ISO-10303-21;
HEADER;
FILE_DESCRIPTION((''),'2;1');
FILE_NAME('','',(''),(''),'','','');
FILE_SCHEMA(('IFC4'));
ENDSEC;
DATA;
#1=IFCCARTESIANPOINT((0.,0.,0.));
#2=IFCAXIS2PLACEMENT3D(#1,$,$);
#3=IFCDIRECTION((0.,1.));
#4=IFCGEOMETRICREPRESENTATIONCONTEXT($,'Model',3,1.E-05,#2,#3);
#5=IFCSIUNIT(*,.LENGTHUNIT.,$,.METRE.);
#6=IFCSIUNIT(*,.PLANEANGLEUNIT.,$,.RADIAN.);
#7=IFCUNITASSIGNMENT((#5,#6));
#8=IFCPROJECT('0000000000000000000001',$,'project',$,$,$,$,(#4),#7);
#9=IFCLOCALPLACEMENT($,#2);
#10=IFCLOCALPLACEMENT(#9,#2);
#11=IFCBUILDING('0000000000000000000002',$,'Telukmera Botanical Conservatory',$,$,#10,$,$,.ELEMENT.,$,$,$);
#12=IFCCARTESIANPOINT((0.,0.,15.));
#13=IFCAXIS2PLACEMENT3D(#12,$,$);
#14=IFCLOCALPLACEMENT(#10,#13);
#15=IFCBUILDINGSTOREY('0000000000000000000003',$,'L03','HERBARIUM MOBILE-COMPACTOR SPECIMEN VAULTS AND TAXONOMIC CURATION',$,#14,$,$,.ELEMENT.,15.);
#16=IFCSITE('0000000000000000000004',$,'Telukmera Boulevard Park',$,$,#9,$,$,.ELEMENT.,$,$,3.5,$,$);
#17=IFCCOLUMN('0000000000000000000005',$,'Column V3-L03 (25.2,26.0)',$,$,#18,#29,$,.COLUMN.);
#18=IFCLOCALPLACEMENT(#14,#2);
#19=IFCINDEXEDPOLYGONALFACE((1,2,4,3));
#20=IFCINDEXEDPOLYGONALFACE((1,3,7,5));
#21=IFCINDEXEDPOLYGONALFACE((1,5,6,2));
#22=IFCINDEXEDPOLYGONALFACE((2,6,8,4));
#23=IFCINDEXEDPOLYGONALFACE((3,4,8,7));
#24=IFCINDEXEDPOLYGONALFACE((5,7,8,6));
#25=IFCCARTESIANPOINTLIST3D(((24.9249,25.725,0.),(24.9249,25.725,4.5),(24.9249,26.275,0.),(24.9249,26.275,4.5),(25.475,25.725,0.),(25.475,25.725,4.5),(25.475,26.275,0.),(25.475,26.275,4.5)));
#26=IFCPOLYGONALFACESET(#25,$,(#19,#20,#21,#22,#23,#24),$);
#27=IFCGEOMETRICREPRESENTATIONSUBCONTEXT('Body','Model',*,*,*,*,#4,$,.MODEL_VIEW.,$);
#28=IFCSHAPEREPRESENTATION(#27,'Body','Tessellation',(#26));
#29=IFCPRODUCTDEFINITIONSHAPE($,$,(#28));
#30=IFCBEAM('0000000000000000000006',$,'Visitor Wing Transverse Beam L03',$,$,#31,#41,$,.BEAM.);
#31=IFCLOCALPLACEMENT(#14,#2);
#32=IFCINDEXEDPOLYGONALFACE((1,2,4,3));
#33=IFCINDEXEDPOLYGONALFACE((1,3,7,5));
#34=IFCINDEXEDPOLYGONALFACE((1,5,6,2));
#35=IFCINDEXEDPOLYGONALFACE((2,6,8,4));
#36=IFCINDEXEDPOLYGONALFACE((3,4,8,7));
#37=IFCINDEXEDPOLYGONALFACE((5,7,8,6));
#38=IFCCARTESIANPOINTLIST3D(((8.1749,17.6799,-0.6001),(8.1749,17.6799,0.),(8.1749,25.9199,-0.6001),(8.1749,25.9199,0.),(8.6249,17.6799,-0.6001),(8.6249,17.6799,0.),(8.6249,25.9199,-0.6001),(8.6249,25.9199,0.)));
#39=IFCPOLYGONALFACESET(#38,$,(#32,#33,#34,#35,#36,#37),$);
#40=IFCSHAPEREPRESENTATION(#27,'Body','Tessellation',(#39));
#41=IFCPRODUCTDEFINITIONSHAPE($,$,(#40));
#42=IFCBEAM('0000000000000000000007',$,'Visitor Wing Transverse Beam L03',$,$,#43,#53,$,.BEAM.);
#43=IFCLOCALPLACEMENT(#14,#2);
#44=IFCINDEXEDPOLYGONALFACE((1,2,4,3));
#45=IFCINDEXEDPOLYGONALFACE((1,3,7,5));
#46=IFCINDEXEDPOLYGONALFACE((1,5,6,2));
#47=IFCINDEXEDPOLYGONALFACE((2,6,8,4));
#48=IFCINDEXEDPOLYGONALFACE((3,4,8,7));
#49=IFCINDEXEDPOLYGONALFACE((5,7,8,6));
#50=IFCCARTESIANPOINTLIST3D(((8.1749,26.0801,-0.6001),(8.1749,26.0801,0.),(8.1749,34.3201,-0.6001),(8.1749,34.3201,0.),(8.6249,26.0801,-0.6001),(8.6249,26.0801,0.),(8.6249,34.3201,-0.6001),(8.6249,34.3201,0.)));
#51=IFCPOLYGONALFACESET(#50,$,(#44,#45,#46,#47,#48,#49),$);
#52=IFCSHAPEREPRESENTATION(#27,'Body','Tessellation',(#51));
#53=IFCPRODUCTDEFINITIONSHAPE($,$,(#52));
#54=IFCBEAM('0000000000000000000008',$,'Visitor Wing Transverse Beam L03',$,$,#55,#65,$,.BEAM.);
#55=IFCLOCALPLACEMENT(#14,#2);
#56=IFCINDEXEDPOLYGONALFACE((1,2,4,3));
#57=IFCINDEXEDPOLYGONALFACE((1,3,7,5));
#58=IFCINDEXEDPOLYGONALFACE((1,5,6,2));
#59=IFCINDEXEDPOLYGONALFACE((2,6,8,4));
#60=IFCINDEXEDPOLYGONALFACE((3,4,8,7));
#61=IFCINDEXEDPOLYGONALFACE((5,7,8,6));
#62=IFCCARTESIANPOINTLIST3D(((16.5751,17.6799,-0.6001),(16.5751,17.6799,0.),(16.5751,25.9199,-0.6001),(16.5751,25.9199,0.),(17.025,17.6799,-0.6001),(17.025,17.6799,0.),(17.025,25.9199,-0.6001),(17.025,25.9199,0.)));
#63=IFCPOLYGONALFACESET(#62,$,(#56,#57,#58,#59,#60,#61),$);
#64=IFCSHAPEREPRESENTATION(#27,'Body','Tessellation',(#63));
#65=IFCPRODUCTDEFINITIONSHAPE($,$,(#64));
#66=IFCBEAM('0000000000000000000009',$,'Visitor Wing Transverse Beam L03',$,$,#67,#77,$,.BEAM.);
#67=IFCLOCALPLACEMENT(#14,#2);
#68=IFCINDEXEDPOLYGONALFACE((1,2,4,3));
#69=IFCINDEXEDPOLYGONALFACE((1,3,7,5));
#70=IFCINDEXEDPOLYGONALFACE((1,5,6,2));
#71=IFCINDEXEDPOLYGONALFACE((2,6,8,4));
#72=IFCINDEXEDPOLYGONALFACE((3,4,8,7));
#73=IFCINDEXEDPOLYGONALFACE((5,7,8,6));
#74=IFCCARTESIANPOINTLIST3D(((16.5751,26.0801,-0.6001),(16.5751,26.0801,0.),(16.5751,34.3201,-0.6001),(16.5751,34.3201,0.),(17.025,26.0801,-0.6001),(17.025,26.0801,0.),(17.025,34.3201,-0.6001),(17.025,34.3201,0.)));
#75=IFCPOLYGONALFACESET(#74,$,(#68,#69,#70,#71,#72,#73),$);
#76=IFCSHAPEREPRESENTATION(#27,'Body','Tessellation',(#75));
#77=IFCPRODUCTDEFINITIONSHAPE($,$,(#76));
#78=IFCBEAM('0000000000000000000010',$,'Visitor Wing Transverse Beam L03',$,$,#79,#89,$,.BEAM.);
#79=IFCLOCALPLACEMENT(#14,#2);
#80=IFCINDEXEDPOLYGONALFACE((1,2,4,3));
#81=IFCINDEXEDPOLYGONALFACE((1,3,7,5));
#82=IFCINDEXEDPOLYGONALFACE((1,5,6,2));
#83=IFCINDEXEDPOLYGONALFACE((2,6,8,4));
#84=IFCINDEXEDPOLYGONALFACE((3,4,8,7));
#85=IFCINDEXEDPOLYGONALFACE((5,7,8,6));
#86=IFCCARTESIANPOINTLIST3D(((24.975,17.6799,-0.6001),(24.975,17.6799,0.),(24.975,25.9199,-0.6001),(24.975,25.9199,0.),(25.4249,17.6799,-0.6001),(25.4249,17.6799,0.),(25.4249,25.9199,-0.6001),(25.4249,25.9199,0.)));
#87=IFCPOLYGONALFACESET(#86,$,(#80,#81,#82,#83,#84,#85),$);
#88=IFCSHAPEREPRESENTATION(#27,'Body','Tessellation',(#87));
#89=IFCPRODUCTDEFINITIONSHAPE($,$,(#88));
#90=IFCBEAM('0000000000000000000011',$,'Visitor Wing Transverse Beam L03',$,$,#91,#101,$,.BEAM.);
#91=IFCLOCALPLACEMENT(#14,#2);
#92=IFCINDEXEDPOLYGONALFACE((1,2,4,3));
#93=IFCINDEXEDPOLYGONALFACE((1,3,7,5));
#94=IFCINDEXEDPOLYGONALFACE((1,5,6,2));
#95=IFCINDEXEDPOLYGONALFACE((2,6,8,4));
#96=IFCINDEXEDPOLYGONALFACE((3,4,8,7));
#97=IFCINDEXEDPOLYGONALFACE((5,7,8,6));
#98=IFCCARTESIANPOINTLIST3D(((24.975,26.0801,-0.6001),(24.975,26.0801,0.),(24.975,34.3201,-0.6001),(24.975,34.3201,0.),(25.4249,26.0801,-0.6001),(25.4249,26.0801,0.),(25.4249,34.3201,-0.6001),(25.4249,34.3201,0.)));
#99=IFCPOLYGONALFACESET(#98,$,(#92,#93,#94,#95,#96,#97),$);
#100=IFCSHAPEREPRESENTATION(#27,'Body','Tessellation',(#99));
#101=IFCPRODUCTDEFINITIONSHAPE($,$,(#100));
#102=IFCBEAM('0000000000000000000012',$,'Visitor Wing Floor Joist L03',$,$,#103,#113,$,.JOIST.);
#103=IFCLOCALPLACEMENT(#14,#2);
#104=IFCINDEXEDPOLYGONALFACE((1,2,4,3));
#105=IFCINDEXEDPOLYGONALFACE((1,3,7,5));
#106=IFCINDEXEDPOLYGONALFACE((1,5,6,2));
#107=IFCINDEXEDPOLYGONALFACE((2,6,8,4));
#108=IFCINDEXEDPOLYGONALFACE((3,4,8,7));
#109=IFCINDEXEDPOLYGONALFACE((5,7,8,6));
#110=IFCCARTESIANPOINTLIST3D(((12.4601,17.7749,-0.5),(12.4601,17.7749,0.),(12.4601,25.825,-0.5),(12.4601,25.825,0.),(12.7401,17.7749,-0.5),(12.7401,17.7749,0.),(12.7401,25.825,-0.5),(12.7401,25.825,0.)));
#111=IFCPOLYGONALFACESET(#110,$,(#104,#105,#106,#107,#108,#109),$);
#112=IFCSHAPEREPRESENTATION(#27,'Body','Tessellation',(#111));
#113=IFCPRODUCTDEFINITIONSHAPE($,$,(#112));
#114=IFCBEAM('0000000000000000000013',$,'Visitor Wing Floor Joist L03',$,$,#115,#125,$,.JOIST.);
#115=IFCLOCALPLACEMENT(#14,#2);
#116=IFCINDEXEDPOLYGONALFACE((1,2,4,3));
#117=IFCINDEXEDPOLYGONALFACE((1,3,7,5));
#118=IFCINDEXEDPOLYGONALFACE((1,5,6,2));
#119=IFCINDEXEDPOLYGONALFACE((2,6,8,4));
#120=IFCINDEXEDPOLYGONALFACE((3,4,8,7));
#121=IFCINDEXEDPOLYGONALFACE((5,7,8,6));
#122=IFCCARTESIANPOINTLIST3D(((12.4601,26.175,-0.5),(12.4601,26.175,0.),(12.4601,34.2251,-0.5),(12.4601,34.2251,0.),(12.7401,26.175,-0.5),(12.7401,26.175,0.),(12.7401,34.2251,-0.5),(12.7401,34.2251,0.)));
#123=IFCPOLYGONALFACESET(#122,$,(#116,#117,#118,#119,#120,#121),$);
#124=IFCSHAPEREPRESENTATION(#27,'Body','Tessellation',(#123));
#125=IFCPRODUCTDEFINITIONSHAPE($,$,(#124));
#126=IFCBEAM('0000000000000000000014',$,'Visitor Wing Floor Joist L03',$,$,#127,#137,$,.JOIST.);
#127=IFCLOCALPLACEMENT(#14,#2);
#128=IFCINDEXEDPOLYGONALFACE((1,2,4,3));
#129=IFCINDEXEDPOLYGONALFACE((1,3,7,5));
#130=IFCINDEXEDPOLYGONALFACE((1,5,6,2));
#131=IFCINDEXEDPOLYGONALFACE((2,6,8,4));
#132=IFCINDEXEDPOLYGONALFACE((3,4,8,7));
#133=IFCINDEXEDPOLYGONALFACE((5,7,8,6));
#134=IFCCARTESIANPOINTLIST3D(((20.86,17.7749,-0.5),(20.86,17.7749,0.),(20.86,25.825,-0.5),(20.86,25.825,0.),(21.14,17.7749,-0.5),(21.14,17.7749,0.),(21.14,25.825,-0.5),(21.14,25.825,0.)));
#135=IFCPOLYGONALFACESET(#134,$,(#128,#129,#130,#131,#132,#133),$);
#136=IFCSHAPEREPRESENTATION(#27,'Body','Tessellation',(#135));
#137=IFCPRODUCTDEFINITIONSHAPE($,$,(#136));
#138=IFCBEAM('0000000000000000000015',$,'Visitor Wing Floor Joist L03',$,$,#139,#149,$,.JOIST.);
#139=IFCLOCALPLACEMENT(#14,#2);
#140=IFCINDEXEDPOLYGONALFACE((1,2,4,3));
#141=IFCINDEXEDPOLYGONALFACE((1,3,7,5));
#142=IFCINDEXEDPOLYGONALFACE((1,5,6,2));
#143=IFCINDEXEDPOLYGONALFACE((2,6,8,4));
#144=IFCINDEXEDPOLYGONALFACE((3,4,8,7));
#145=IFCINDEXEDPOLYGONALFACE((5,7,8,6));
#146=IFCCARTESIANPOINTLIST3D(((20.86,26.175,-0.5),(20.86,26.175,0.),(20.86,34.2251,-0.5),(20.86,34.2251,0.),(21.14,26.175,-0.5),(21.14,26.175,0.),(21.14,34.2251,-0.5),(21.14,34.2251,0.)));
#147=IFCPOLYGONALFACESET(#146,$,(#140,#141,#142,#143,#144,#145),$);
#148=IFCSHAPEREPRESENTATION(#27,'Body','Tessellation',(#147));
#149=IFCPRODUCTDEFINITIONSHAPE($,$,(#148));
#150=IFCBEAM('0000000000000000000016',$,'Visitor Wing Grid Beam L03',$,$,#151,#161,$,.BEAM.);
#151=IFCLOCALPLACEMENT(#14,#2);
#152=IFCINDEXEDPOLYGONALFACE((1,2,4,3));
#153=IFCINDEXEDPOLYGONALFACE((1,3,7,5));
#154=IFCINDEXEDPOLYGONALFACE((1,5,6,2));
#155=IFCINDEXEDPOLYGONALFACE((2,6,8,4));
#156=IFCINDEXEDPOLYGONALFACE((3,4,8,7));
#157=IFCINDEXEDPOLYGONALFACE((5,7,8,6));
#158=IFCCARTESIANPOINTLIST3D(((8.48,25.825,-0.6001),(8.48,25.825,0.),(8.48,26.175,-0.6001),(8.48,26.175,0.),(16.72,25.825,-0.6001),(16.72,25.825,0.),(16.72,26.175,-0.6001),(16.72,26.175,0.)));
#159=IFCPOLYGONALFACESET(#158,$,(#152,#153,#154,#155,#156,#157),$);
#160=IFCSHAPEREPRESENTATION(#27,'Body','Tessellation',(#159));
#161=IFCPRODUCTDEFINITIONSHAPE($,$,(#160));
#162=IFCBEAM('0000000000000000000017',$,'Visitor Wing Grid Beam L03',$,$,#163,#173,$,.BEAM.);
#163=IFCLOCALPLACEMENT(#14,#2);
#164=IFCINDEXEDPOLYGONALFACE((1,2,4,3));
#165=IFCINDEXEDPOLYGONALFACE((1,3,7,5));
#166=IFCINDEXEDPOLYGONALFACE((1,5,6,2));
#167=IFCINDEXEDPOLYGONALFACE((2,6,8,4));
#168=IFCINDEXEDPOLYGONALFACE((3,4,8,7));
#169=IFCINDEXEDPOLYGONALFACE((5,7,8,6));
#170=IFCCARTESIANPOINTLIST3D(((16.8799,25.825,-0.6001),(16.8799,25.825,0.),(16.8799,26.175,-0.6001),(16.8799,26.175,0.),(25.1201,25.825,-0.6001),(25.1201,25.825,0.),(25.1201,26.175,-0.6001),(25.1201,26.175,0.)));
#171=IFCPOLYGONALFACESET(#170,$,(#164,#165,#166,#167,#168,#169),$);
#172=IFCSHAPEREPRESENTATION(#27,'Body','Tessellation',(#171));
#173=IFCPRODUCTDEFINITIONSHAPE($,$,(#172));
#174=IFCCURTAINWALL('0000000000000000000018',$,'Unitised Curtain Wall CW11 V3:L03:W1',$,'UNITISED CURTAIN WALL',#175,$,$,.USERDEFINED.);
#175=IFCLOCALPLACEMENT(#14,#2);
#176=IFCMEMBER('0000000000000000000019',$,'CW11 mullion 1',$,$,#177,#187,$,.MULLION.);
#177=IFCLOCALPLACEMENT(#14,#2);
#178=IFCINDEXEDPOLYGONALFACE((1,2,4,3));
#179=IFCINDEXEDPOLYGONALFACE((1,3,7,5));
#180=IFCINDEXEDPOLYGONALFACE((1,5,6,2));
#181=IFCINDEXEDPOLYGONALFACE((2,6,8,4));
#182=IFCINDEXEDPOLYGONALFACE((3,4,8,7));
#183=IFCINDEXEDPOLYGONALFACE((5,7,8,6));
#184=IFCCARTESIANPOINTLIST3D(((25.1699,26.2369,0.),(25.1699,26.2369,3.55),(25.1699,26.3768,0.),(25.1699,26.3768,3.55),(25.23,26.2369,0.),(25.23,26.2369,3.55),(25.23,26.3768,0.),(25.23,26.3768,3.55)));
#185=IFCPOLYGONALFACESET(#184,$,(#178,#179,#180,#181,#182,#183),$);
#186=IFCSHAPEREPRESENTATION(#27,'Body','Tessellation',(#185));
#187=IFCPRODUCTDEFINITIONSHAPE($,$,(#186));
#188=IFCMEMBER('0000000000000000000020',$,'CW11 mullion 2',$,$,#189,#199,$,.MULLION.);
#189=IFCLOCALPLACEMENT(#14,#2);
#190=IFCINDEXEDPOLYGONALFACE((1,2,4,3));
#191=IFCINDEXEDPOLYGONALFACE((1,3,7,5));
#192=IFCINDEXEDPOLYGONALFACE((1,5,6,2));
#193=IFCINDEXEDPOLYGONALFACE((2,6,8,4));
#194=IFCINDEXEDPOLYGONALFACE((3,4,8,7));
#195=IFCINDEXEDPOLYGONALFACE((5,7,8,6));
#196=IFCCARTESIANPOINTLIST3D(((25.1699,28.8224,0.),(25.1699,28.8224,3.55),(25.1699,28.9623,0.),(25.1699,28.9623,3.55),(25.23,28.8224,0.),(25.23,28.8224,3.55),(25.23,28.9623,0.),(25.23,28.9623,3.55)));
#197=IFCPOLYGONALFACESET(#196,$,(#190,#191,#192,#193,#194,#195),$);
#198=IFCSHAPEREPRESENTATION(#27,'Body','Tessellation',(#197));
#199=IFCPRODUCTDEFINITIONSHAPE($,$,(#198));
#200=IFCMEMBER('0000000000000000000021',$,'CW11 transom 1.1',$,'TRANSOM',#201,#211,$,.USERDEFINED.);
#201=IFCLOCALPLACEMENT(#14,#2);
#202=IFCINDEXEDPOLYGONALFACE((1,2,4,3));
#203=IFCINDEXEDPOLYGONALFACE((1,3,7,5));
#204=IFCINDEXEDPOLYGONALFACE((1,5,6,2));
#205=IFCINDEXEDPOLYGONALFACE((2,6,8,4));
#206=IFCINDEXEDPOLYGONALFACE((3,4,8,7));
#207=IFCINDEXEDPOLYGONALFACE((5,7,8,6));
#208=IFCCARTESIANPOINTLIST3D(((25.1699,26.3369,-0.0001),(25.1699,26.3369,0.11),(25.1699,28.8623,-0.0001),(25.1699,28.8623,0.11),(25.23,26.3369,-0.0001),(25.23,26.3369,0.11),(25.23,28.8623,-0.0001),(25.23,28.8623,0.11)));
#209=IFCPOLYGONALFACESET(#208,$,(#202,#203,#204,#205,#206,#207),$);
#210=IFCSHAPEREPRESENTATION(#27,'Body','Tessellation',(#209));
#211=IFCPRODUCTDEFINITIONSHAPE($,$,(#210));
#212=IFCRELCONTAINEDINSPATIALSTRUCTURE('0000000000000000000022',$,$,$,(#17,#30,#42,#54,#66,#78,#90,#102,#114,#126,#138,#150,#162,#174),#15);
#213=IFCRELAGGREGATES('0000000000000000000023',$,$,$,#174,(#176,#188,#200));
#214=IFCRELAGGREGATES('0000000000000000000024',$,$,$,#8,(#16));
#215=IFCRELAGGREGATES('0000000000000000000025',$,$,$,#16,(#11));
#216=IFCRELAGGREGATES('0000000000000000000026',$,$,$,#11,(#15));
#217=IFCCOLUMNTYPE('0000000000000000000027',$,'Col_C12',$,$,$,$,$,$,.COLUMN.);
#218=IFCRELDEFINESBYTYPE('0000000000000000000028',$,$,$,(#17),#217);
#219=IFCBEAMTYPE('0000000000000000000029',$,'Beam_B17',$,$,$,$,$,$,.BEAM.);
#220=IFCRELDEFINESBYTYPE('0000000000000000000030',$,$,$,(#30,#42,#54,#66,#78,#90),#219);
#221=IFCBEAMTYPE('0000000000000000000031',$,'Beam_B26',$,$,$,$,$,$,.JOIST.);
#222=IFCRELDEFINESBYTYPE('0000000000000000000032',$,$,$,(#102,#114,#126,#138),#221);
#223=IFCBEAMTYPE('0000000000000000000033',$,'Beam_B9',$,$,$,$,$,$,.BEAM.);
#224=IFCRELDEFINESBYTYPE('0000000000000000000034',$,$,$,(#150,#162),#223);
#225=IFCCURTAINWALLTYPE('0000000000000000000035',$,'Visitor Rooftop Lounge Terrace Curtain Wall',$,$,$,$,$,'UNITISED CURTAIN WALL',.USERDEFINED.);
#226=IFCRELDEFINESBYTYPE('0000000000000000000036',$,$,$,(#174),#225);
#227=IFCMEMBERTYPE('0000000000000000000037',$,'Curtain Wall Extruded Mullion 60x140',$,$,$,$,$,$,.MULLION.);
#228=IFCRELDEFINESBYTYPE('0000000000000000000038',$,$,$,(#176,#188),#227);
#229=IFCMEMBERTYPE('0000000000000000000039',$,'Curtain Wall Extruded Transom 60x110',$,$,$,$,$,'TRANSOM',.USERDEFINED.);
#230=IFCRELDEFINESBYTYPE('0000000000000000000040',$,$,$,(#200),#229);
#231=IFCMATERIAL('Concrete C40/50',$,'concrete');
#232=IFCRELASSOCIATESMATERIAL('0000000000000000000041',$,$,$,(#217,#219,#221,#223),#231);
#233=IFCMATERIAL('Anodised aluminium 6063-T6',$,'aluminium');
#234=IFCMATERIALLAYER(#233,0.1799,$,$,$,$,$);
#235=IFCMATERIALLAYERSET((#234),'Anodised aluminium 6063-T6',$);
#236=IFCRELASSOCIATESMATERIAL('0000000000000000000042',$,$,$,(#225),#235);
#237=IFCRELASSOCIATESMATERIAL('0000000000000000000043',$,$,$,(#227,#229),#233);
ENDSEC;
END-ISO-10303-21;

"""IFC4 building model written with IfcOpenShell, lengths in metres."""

from ifc_helpers import new_model, si_unit, direction, frame, origin, origin_2d, place, context, subcontext, project, spatial, rectangle, extrude, material, layer, layer_set, material_profile, profile_set, type_object, element, aggregate, save


model = new_model("IFC4")

# Units and contexts
model_context = context("Model", 3, precision=1e-05, world=origin(), true_north=direction((0.0, 1.0)))
body_context = subcontext(model_context, "Body", "Model", "MODEL_VIEW")
ifc_project = project(units=[si_unit("LENGTHUNIT", "METRE"), si_unit("PLANEANGLEUNIT", "RADIAN")], contexts=[model_context])

# Site, building, storey
site_placement = place(None, origin())
site = spatial("IfcSite", under=ifc_project, at=site_placement, Name="Telukmera Boulevard Park", CompositionType="ELEMENT", RefElevation=3.5)
building_placement = place(site_placement, origin())
building = spatial("IfcBuilding", under=site, at=building_placement, Name="Telukmera Botanical Conservatory", CompositionType="ELEMENT")
storey_placement = place(building_placement, frame((0.0, 0.0, 15.0)))
storey = spatial("IfcBuildingStorey", under=building, at=storey_placement, Name="L03", Description="HERBARIUM MOBILE-COMPACTOR SPECIMEN VAULTS AND TAXONOMIC CURATION", CompositionType="ELEMENT", Elevation=15.0)

# Column
ifc_material_1 = material(Name="Concrete C40/50", Category="concrete")
ifc_material_profile_1 = material_profile(ifc_material_1, rectangle(XDim=0.55, YDim=0.55, at=origin_2d()), Name="RC 550x550")
ifc_profile_set_1 = profile_set([ifc_material_profile_1], Name="Concrete C40/50")
column_type = type_object("IfcColumnType", Name="Col_C12", PredefinedType="COLUMN", material=ifc_profile_set_1)
column_placement = place(storey_placement, frame((25.2, 26.0, 0.0), z_axis=(0.0, 0.0, 1.0), x_axis=(1.0, 0.0, 0.0)))
element("IfcColumn", 1, at=column_placement, inside=storey, type_object=column_type, Name="Column V3-L03 (25.2,26.0)", PredefinedType="COLUMN", context=body_context, shape_type="SweptSolid", body=[
    extrude(rectangle(XDim=0.55, YDim=0.55, at=origin_2d()), origin(), (0.0, 0.0, 1.0), 4.5),
])

# Beams
ifc_material_profile_2 = material_profile(ifc_material_1, rectangle(XDim=0.45, YDim=0.6001, at=origin_2d()), Name="RC 450x600")
ifc_profile_set_2 = profile_set([ifc_material_profile_2], Name="Concrete C40/50")
beam_type_1 = type_object("IfcBeamType", Name="Beam_B17", PredefinedType="BEAM", material=ifc_profile_set_2)
for number, where, z_axis, x_axis, name in (
    (2, (8.3999, 17.6799, -0.3), (0.0, 1.0, 0.0), (-1.0, 0.0, 0.0), "Visitor Wing Transverse Beam L03"),
    (3, (8.3999, 26.0801, -0.3), (0.0, 1.0, 0.0), (-1.0, 0.0, 0.0), "Visitor Wing Transverse Beam L03"),
    (4, (16.8, 17.6799, -0.3), (0.0, 1.0, 0.0), (-1.0, 0.0, 0.0), "Visitor Wing Transverse Beam L03"),
    (5, (16.8, 26.0801, -0.3), (0.0, 1.0, 0.0), (-1.0, 0.0, 0.0), "Visitor Wing Transverse Beam L03"),
    (6, (25.2, 17.6799, -0.3), (0.0, 1.0, 0.0), (-1.0, 0.0, 0.0), "Visitor Wing Transverse Beam L03"),
    (7, (25.2, 26.0801, -0.3), (0.0, 1.0, 0.0), (-1.0, 0.0, 0.0), "Visitor Wing Transverse Beam L03"),
):
    element("IfcBeam", number, at=place(storey_placement, frame(where, z_axis=z_axis, x_axis=x_axis)), inside=storey, type_object=beam_type_1, Name=name, PredefinedType="BEAM", context=body_context, shape_type="SweptSolid", body=[
        extrude(rectangle(XDim=0.45, YDim=0.6001, at=origin_2d()), origin(), (0.0, 0.0, 1.0), 8.24),
    ])
ifc_material_profile_3 = material_profile(ifc_material_1, rectangle(XDim=0.28, YDim=0.5, at=origin_2d()), Name="RC 280x500")
ifc_profile_set_3 = profile_set([ifc_material_profile_3], Name="Concrete C40/50")
beam_type_2 = type_object("IfcBeamType", Name="Beam_B26", PredefinedType="JOIST", material=ifc_profile_set_3)
for number, where, z_axis, x_axis, name in (
    (8, (12.6001, 17.7749, -0.25), (0.0, 1.0, 0.0), (-1.0, 0.0, 0.0), "Visitor Wing Floor Joist L03"),
    (9, (12.6001, 26.175, -0.25), (0.0, 1.0, 0.0), (-1.0, 0.0, 0.0), "Visitor Wing Floor Joist L03"),
    (10, (21.0, 17.7749, -0.25), (0.0, 1.0, 0.0), (-1.0, 0.0, 0.0), "Visitor Wing Floor Joist L03"),
    (11, (21.0, 26.175, -0.25), (0.0, 1.0, 0.0), (-1.0, 0.0, 0.0), "Visitor Wing Floor Joist L03"),
):
    element("IfcBeam", number, at=place(storey_placement, frame(where, z_axis=z_axis, x_axis=x_axis)), inside=storey, type_object=beam_type_2, Name=name, PredefinedType="JOIST", context=body_context, shape_type="SweptSolid", body=[
        extrude(rectangle(XDim=0.28, YDim=0.5, at=origin_2d()), origin(), (0.0, 0.0, 1.0), 8.05),
    ])
ifc_material_profile_4 = material_profile(ifc_material_1, rectangle(XDim=0.3501, YDim=0.6001, at=origin_2d()), Name="RC 350x600")
ifc_profile_set_4 = profile_set([ifc_material_profile_4], Name="Concrete C40/50")
beam_type_3 = type_object("IfcBeamType", Name="Beam_B9", PredefinedType="BEAM", material=ifc_profile_set_4)
beam_1_placement = place(storey_placement, frame((8.48, 26.0, -0.3), z_axis=(1.0, 0.0, 0.0), x_axis=(0.0, 1.0, 0.0)))
element("IfcBeam", 12, at=beam_1_placement, inside=storey, type_object=beam_type_3, Name="Visitor Wing Grid Beam L03", PredefinedType="BEAM", context=body_context, shape_type="SweptSolid", body=[
    extrude(rectangle(XDim=0.3501, YDim=0.6001, at=origin_2d()), origin(), (0.0, 0.0, 1.0), 8.24),
])
beam_2_placement = place(storey_placement, frame((16.8799, 26.0, -0.3), z_axis=(1.0, 0.0, 0.0), x_axis=(0.0, 1.0, 0.0)))
element("IfcBeam", 13, at=beam_2_placement, inside=storey, type_object=beam_type_3, Name="Visitor Wing Grid Beam L03", PredefinedType="BEAM", context=body_context, shape_type="SweptSolid", body=[
    extrude(rectangle(XDim=0.3501, YDim=0.6001, at=origin_2d()), origin(), (0.0, 0.0, 1.0), 8.2402),
])

# Curtain wall, members
ifc_material_2 = material(Name="Anodised aluminium 6063-T6", Category="aluminium")
ifc_layer_1 = layer(ifc_material_2, 0.1799)
ifc_layer_set_1 = layer_set([ifc_layer_1], Name="Anodised aluminium 6063-T6")
curtain_wall_type = type_object("IfcCurtainWallType", Name="Visitor Rooftop Lounge Terrace Curtain Wall", ElementType="UNITISED CURTAIN WALL", PredefinedType="USERDEFINED", material=ifc_layer_set_1)
curtain_wall_placement = place(storey_placement, origin())
curtain_wall = element("IfcCurtainWall", 14, at=curtain_wall_placement, inside=storey, type_object=curtain_wall_type, Name="Unitised Curtain Wall CW11 V3:L03:W1", ObjectType="UNITISED CURTAIN WALL", PredefinedType="USERDEFINED")
ifc_material_profile_5 = material_profile(ifc_material_2, rectangle(XDim=0.0601, YDim=0.1399, at=origin_2d()), Name="ALU MULL 60x140")
ifc_profile_set_5 = profile_set([ifc_material_profile_5], Name="Anodised aluminium 6063-T6")
member_type_1 = type_object("IfcMemberType", Name="Curtain Wall Extruded Mullion 60x140", PredefinedType="MULLION", material=ifc_profile_set_5)
member_1_placement = place(storey_placement, frame((25.2, 26.3069, 0.0), z_axis=(0.0, 0.0, 1.0), x_axis=(-1.0, 0.0, 0.0)))
member_1 = element("IfcMember", 15, at=member_1_placement, type_object=member_type_1, Name="CW11 mullion 1", PredefinedType="MULLION", context=body_context, shape_type="SweptSolid", body=[
    extrude(rectangle(XDim=0.0601, YDim=0.1399, at=origin_2d()), origin(), (0.0, 0.0, 1.0), 3.55),
])
member_2_placement = place(storey_placement, frame((25.2, 28.8923, 0.0), z_axis=(0.0, 0.0, 1.0), x_axis=(-1.0, 0.0, 0.0)))
member_2 = element("IfcMember", 16, at=member_2_placement, type_object=member_type_1, Name="CW11 mullion 2", PredefinedType="MULLION", context=body_context, shape_type="SweptSolid", body=[
    extrude(rectangle(XDim=0.0601, YDim=0.1399, at=origin_2d()), origin(), (0.0, 0.0, 1.0), 3.55),
])
ifc_material_profile_6 = material_profile(ifc_material_2, rectangle(XDim=0.0601, YDim=0.1101, at=origin_2d()), Name="ALU TRAN 60x110")
ifc_profile_set_6 = profile_set([ifc_material_profile_6], Name="Anodised aluminium 6063-T6")
member_type_2 = type_object("IfcMemberType", Name="Curtain Wall Extruded Transom 60x110", ElementType="TRANSOM", PredefinedType="USERDEFINED", material=ifc_profile_set_6)
member_3_placement = place(storey_placement, frame((25.2, 26.3369, 0.0549), z_axis=(0.0, 1.0, 0.0), x_axis=(-1.0, 0.0, 0.0)))
member_3 = element("IfcMember", 17, at=member_3_placement, type_object=member_type_2, Name="CW11 transom 1.1", ObjectType="TRANSOM", PredefinedType="USERDEFINED", context=body_context, shape_type="SweptSolid", body=[
    extrude(rectangle(XDim=0.0601, YDim=0.1101, at=origin_2d()), origin(), (0.0, 0.0, 1.0), 2.5254),
])
aggregate(curtain_wall, [member_1, member_2, member_3])

save(model, "model.ifc")
